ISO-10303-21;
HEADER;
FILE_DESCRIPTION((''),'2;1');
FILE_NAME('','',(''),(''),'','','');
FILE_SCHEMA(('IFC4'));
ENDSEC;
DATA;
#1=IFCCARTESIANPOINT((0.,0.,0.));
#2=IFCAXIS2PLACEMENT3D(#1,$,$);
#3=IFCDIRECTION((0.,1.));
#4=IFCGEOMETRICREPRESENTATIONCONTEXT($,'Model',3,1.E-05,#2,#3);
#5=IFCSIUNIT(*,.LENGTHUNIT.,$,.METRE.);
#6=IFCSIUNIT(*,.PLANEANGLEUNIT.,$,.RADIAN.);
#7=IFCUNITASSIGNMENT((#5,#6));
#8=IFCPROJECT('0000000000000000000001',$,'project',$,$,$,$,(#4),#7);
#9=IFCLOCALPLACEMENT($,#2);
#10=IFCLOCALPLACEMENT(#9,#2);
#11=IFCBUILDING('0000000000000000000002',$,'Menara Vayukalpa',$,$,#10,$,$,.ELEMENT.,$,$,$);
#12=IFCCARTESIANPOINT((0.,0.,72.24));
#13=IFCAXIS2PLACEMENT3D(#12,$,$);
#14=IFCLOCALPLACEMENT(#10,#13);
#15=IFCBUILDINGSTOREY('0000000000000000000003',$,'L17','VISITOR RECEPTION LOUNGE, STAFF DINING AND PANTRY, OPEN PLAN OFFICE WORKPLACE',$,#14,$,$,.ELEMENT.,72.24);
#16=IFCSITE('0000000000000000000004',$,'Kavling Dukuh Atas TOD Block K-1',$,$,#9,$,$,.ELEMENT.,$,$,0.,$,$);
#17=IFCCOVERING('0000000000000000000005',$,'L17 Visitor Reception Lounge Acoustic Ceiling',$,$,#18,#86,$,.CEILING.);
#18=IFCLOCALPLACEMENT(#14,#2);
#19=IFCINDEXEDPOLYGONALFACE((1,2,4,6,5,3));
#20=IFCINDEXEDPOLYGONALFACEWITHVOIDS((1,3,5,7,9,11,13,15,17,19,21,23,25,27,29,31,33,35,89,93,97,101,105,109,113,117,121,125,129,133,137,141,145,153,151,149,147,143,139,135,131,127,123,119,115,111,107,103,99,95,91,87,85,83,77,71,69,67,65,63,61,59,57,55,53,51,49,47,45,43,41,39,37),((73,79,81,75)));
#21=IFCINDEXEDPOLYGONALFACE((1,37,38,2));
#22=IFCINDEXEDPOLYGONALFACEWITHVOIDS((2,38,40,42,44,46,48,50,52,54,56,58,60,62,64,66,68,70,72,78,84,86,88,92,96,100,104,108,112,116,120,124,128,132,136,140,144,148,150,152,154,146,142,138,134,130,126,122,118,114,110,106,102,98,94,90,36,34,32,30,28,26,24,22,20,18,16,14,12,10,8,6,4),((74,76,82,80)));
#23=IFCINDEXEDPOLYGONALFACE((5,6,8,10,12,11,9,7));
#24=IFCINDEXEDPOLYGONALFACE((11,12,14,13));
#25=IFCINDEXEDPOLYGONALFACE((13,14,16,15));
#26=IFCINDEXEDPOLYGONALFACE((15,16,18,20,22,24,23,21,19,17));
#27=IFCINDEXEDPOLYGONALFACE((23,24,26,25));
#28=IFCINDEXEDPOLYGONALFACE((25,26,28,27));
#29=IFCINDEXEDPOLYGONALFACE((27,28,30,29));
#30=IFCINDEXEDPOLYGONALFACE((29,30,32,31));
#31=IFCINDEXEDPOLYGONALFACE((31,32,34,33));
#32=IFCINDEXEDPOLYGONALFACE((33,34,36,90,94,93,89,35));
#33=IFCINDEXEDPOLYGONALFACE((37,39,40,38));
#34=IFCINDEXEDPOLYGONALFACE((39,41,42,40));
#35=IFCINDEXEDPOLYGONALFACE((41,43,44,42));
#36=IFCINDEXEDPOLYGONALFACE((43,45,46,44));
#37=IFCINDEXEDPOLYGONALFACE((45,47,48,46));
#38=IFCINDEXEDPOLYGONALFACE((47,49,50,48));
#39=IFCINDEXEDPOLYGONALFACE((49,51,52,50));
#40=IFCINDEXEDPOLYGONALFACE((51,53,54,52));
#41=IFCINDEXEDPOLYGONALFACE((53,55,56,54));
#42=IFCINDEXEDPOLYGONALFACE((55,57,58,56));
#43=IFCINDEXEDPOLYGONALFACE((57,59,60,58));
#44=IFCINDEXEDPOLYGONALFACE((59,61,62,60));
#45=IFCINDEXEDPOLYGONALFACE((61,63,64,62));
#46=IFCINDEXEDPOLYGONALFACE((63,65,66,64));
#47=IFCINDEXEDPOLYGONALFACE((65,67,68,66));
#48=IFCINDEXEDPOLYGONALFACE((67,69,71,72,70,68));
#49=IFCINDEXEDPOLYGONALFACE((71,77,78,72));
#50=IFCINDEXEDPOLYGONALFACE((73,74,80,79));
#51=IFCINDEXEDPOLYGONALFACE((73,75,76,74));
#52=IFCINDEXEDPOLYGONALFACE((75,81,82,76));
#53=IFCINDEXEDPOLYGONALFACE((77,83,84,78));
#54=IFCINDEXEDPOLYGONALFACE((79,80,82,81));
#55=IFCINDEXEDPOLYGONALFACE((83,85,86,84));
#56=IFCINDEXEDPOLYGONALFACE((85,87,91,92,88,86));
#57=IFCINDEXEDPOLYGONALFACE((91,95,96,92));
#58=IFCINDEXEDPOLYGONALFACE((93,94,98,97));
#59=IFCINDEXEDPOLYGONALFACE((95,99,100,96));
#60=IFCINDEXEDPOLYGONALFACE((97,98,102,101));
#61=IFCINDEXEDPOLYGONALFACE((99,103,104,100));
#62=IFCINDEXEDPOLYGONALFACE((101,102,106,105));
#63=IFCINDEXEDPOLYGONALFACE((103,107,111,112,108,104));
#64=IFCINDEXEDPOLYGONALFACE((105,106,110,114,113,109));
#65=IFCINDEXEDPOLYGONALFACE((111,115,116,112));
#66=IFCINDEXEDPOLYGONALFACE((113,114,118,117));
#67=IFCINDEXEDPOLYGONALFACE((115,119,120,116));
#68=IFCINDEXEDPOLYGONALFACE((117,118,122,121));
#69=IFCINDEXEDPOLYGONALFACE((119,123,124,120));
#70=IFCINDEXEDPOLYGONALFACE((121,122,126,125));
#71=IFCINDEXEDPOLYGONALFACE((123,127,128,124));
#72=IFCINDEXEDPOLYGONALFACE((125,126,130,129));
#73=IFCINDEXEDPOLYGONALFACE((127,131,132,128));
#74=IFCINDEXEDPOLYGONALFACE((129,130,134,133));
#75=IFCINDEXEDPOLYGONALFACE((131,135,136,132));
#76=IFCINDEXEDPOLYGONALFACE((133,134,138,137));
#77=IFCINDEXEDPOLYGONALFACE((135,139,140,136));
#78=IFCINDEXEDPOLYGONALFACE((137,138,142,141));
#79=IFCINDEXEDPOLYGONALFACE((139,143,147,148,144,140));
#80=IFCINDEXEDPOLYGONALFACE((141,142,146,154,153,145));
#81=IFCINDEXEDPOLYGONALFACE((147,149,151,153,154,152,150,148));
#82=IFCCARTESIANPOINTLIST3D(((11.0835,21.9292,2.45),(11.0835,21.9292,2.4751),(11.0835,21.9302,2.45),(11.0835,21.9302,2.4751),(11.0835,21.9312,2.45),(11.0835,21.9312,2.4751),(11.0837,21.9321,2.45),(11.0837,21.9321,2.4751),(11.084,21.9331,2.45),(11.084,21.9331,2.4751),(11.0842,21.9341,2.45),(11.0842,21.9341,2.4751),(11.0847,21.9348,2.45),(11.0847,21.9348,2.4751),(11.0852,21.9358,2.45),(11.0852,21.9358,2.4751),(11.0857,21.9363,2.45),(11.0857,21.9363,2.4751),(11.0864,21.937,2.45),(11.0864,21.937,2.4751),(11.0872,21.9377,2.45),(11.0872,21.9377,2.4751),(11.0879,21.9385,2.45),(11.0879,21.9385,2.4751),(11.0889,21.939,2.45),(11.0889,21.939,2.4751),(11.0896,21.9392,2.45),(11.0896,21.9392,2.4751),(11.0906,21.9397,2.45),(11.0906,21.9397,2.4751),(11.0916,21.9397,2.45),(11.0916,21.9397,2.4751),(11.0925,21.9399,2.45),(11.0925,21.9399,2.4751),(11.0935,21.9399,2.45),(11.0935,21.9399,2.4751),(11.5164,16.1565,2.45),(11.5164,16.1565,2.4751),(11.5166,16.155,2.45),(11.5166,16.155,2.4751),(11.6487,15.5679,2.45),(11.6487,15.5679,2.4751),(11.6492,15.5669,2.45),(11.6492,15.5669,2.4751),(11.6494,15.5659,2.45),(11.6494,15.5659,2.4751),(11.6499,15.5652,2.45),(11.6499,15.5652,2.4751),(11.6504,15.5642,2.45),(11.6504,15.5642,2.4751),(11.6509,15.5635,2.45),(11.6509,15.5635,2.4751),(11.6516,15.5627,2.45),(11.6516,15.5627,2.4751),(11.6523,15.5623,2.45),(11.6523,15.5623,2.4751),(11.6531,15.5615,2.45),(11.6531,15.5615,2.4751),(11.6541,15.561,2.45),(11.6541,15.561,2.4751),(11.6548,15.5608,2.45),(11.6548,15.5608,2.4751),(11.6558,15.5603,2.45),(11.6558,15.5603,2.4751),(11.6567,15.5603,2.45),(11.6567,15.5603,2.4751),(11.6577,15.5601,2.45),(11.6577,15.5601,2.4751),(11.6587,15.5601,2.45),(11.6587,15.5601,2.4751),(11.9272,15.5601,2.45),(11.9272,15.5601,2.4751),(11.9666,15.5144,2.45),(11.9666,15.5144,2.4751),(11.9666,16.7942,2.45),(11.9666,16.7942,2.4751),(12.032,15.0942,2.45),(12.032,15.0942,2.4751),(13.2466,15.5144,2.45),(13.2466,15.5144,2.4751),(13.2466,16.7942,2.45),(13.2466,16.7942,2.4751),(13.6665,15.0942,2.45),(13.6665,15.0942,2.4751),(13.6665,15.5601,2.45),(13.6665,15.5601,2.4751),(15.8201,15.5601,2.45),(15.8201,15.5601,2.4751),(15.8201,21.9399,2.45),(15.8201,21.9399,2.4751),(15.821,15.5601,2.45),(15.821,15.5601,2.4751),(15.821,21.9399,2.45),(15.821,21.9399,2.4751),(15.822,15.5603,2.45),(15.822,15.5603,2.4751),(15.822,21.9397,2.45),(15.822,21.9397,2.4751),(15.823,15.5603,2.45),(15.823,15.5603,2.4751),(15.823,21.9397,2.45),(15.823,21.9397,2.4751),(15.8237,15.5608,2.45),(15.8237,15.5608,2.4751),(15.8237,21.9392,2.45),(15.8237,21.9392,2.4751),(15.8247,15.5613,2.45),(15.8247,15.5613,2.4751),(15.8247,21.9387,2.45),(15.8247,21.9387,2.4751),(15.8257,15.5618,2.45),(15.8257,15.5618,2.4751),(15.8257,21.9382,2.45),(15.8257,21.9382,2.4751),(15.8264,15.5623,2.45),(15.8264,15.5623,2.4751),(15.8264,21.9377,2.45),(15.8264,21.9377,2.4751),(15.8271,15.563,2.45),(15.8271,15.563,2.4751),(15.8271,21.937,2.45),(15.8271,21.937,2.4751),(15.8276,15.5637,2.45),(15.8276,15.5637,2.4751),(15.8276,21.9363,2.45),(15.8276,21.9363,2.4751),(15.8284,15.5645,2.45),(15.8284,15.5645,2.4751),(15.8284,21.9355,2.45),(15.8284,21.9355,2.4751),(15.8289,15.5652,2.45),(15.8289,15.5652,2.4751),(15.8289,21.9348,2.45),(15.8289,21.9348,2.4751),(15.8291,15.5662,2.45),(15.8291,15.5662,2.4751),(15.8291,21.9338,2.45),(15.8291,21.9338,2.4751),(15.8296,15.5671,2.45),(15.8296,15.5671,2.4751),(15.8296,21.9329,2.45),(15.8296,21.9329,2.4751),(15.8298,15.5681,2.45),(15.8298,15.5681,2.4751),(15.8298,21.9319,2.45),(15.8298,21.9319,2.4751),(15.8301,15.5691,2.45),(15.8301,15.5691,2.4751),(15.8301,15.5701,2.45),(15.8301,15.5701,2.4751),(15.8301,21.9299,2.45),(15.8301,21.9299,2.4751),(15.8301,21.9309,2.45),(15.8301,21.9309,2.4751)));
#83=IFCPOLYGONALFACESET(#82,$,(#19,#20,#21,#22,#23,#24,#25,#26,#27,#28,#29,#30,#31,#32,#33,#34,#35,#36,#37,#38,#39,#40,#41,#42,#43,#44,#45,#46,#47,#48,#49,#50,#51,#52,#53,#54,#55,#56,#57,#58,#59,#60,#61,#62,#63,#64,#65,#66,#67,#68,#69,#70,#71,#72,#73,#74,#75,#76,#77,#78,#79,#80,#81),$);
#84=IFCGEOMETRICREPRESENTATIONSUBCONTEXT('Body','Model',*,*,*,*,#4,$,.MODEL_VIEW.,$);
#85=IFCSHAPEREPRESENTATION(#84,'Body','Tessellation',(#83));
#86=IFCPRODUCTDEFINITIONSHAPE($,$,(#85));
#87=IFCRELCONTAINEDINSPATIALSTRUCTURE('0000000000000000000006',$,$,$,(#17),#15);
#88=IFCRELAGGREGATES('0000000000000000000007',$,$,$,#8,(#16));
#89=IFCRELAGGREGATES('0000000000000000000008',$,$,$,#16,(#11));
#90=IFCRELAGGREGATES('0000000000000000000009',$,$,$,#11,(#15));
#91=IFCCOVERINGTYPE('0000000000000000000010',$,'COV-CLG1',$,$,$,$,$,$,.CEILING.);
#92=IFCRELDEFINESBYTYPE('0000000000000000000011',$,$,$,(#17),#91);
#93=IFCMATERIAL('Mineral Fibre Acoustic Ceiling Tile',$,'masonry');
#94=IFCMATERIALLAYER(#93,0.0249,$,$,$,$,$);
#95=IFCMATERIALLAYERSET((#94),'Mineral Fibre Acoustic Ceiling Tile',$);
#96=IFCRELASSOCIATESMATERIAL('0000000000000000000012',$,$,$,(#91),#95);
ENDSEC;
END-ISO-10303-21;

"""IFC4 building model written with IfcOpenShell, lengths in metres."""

from ifc_helpers import new_model, si_unit, direction, frame, origin, place, context, subcontext, project, spatial, polyline, outline, extrude, material, layer, layer_set, type_object, element, save


model = new_model("IFC4")

# Units and contexts
model_context = context("Model", 3, precision=1e-05, world=origin(), true_north=direction((0.0, 1.0)))
body_context = subcontext(model_context, "Body", "Model", "MODEL_VIEW")
ifc_project = project(units=[si_unit("LENGTHUNIT", "METRE"), si_unit("PLANEANGLEUNIT", "RADIAN")], contexts=[model_context])

# Site, building, storey
site_placement = place(None, origin())
site = spatial("IfcSite", under=ifc_project, at=site_placement, Name="Kavling Dukuh Atas TOD Block K-1", CompositionType="ELEMENT", RefElevation=0.0)
building_placement = place(site_placement, origin())
building = spatial("IfcBuilding", under=site, at=building_placement, Name="Menara Vayukalpa", CompositionType="ELEMENT")
storey_placement = place(building_placement, frame((0.0, 0.0, 72.24)))
storey = spatial("IfcBuildingStorey", under=building, at=storey_placement, Name="L17", Description="VISITOR RECEPTION LOUNGE, STAFF DINING AND PANTRY, OPEN PLAN OFFICE WORKPLACE", CompositionType="ELEMENT", Elevation=72.24)

# Covering
ifc_material_1 = material(Name="Mineral Fibre Acoustic Ceiling Tile", Category="masonry")
ifc_layer_1 = layer(ifc_material_1, 0.0249)
ifc_layer_set_1 = layer_set([ifc_layer_1], Name="Mineral Fibre Acoustic Ceiling Tile")
covering_type_1 = type_object("IfcCoveringType", Name="COV-CLG1", PredefinedType="CEILING", material=ifc_layer_set_1)
covering_1_placement = place(storey_placement, frame((0.0, 0.0, 2.45)))
element("IfcCovering", 1, at=covering_1_placement, inside=storey, type_object=covering_type_1, Name="L17 Visitor Reception Lounge Acoustic Ceiling", PredefinedType="CEILING", context=body_context, shape_type="SweptSolid", body=[
    extrude(outline(polyline([(11.6587, 15.5601), (11.6577, 15.5601), (11.6567, 15.5603), (11.6558, 15.5603), (11.6548, 15.5608), (11.6541, 15.561), (11.6531, 15.5615), (11.6523, 15.5623), (11.6516, 15.5627), (11.6509, 15.5635), (11.6504, 15.5642), (11.6499, 15.5652), (11.6494, 15.5659), (11.6492, 15.5669), (11.6487, 15.5679), (11.5166, 16.155), (11.5164, 16.1565), (11.0835, 21.9292), (11.0835, 21.9302), (11.0835, 21.9312), (11.0837, 21.9321), (11.084, 21.9331), (11.0842, 21.9341), (11.0847, 21.9348), (11.0852, 21.9358), (11.0857, 21.9363), (11.0864, 21.937), (11.0872, 21.9377), (11.0879, 21.9385), (11.0889, 21.939), (11.0896, 21.9392), (11.0906, 21.9397), (11.0916, 21.9397), (11.0925, 21.9399), (11.0935, 21.9399), (15.8201, 21.9399), (15.821, 21.9399), (15.822, 21.9397), (15.823, 21.9397), (15.8237, 21.9392), (15.8247, 21.9387), (15.8257, 21.9382), (15.8264, 21.9377), (15.8271, 21.937), (15.8276, 21.9363), (15.8284, 21.9355), (15.8289, 21.9348), (15.8291, 21.9338), (15.8296, 21.9329), (15.8298, 21.9319), (15.8301, 21.9309), (15.8301, 21.9299), (15.8301, 15.5701), (15.8301, 15.5691), (15.8298, 15.5681), (15.8296, 15.5671), (15.8291, 15.5662), (15.8289, 15.5652), (15.8284, 15.5645), (15.8276, 15.5637), (15.8271, 15.563), (15.8264, 15.5623), (15.8257, 15.5618), (15.8247, 15.5613), (15.8237, 15.5608), (15.823, 15.5603), (15.822, 15.5603), (15.821, 15.5601), (15.8201, 15.5601), (13.6665, 15.5601), (13.6665, 15.0942), (12.032, 15.0942), (11.9272, 15.5601), (11.6587, 15.5601)]), holes=[polyline([(13.2466, 16.7942), (11.9666, 16.7942), (11.9666, 15.5144), (13.2466, 15.5144), (13.2466, 16.7942)])]), origin(), (0.0, 0.0, 1.0), 0.0251),
])

save(model, "model.ifc")
